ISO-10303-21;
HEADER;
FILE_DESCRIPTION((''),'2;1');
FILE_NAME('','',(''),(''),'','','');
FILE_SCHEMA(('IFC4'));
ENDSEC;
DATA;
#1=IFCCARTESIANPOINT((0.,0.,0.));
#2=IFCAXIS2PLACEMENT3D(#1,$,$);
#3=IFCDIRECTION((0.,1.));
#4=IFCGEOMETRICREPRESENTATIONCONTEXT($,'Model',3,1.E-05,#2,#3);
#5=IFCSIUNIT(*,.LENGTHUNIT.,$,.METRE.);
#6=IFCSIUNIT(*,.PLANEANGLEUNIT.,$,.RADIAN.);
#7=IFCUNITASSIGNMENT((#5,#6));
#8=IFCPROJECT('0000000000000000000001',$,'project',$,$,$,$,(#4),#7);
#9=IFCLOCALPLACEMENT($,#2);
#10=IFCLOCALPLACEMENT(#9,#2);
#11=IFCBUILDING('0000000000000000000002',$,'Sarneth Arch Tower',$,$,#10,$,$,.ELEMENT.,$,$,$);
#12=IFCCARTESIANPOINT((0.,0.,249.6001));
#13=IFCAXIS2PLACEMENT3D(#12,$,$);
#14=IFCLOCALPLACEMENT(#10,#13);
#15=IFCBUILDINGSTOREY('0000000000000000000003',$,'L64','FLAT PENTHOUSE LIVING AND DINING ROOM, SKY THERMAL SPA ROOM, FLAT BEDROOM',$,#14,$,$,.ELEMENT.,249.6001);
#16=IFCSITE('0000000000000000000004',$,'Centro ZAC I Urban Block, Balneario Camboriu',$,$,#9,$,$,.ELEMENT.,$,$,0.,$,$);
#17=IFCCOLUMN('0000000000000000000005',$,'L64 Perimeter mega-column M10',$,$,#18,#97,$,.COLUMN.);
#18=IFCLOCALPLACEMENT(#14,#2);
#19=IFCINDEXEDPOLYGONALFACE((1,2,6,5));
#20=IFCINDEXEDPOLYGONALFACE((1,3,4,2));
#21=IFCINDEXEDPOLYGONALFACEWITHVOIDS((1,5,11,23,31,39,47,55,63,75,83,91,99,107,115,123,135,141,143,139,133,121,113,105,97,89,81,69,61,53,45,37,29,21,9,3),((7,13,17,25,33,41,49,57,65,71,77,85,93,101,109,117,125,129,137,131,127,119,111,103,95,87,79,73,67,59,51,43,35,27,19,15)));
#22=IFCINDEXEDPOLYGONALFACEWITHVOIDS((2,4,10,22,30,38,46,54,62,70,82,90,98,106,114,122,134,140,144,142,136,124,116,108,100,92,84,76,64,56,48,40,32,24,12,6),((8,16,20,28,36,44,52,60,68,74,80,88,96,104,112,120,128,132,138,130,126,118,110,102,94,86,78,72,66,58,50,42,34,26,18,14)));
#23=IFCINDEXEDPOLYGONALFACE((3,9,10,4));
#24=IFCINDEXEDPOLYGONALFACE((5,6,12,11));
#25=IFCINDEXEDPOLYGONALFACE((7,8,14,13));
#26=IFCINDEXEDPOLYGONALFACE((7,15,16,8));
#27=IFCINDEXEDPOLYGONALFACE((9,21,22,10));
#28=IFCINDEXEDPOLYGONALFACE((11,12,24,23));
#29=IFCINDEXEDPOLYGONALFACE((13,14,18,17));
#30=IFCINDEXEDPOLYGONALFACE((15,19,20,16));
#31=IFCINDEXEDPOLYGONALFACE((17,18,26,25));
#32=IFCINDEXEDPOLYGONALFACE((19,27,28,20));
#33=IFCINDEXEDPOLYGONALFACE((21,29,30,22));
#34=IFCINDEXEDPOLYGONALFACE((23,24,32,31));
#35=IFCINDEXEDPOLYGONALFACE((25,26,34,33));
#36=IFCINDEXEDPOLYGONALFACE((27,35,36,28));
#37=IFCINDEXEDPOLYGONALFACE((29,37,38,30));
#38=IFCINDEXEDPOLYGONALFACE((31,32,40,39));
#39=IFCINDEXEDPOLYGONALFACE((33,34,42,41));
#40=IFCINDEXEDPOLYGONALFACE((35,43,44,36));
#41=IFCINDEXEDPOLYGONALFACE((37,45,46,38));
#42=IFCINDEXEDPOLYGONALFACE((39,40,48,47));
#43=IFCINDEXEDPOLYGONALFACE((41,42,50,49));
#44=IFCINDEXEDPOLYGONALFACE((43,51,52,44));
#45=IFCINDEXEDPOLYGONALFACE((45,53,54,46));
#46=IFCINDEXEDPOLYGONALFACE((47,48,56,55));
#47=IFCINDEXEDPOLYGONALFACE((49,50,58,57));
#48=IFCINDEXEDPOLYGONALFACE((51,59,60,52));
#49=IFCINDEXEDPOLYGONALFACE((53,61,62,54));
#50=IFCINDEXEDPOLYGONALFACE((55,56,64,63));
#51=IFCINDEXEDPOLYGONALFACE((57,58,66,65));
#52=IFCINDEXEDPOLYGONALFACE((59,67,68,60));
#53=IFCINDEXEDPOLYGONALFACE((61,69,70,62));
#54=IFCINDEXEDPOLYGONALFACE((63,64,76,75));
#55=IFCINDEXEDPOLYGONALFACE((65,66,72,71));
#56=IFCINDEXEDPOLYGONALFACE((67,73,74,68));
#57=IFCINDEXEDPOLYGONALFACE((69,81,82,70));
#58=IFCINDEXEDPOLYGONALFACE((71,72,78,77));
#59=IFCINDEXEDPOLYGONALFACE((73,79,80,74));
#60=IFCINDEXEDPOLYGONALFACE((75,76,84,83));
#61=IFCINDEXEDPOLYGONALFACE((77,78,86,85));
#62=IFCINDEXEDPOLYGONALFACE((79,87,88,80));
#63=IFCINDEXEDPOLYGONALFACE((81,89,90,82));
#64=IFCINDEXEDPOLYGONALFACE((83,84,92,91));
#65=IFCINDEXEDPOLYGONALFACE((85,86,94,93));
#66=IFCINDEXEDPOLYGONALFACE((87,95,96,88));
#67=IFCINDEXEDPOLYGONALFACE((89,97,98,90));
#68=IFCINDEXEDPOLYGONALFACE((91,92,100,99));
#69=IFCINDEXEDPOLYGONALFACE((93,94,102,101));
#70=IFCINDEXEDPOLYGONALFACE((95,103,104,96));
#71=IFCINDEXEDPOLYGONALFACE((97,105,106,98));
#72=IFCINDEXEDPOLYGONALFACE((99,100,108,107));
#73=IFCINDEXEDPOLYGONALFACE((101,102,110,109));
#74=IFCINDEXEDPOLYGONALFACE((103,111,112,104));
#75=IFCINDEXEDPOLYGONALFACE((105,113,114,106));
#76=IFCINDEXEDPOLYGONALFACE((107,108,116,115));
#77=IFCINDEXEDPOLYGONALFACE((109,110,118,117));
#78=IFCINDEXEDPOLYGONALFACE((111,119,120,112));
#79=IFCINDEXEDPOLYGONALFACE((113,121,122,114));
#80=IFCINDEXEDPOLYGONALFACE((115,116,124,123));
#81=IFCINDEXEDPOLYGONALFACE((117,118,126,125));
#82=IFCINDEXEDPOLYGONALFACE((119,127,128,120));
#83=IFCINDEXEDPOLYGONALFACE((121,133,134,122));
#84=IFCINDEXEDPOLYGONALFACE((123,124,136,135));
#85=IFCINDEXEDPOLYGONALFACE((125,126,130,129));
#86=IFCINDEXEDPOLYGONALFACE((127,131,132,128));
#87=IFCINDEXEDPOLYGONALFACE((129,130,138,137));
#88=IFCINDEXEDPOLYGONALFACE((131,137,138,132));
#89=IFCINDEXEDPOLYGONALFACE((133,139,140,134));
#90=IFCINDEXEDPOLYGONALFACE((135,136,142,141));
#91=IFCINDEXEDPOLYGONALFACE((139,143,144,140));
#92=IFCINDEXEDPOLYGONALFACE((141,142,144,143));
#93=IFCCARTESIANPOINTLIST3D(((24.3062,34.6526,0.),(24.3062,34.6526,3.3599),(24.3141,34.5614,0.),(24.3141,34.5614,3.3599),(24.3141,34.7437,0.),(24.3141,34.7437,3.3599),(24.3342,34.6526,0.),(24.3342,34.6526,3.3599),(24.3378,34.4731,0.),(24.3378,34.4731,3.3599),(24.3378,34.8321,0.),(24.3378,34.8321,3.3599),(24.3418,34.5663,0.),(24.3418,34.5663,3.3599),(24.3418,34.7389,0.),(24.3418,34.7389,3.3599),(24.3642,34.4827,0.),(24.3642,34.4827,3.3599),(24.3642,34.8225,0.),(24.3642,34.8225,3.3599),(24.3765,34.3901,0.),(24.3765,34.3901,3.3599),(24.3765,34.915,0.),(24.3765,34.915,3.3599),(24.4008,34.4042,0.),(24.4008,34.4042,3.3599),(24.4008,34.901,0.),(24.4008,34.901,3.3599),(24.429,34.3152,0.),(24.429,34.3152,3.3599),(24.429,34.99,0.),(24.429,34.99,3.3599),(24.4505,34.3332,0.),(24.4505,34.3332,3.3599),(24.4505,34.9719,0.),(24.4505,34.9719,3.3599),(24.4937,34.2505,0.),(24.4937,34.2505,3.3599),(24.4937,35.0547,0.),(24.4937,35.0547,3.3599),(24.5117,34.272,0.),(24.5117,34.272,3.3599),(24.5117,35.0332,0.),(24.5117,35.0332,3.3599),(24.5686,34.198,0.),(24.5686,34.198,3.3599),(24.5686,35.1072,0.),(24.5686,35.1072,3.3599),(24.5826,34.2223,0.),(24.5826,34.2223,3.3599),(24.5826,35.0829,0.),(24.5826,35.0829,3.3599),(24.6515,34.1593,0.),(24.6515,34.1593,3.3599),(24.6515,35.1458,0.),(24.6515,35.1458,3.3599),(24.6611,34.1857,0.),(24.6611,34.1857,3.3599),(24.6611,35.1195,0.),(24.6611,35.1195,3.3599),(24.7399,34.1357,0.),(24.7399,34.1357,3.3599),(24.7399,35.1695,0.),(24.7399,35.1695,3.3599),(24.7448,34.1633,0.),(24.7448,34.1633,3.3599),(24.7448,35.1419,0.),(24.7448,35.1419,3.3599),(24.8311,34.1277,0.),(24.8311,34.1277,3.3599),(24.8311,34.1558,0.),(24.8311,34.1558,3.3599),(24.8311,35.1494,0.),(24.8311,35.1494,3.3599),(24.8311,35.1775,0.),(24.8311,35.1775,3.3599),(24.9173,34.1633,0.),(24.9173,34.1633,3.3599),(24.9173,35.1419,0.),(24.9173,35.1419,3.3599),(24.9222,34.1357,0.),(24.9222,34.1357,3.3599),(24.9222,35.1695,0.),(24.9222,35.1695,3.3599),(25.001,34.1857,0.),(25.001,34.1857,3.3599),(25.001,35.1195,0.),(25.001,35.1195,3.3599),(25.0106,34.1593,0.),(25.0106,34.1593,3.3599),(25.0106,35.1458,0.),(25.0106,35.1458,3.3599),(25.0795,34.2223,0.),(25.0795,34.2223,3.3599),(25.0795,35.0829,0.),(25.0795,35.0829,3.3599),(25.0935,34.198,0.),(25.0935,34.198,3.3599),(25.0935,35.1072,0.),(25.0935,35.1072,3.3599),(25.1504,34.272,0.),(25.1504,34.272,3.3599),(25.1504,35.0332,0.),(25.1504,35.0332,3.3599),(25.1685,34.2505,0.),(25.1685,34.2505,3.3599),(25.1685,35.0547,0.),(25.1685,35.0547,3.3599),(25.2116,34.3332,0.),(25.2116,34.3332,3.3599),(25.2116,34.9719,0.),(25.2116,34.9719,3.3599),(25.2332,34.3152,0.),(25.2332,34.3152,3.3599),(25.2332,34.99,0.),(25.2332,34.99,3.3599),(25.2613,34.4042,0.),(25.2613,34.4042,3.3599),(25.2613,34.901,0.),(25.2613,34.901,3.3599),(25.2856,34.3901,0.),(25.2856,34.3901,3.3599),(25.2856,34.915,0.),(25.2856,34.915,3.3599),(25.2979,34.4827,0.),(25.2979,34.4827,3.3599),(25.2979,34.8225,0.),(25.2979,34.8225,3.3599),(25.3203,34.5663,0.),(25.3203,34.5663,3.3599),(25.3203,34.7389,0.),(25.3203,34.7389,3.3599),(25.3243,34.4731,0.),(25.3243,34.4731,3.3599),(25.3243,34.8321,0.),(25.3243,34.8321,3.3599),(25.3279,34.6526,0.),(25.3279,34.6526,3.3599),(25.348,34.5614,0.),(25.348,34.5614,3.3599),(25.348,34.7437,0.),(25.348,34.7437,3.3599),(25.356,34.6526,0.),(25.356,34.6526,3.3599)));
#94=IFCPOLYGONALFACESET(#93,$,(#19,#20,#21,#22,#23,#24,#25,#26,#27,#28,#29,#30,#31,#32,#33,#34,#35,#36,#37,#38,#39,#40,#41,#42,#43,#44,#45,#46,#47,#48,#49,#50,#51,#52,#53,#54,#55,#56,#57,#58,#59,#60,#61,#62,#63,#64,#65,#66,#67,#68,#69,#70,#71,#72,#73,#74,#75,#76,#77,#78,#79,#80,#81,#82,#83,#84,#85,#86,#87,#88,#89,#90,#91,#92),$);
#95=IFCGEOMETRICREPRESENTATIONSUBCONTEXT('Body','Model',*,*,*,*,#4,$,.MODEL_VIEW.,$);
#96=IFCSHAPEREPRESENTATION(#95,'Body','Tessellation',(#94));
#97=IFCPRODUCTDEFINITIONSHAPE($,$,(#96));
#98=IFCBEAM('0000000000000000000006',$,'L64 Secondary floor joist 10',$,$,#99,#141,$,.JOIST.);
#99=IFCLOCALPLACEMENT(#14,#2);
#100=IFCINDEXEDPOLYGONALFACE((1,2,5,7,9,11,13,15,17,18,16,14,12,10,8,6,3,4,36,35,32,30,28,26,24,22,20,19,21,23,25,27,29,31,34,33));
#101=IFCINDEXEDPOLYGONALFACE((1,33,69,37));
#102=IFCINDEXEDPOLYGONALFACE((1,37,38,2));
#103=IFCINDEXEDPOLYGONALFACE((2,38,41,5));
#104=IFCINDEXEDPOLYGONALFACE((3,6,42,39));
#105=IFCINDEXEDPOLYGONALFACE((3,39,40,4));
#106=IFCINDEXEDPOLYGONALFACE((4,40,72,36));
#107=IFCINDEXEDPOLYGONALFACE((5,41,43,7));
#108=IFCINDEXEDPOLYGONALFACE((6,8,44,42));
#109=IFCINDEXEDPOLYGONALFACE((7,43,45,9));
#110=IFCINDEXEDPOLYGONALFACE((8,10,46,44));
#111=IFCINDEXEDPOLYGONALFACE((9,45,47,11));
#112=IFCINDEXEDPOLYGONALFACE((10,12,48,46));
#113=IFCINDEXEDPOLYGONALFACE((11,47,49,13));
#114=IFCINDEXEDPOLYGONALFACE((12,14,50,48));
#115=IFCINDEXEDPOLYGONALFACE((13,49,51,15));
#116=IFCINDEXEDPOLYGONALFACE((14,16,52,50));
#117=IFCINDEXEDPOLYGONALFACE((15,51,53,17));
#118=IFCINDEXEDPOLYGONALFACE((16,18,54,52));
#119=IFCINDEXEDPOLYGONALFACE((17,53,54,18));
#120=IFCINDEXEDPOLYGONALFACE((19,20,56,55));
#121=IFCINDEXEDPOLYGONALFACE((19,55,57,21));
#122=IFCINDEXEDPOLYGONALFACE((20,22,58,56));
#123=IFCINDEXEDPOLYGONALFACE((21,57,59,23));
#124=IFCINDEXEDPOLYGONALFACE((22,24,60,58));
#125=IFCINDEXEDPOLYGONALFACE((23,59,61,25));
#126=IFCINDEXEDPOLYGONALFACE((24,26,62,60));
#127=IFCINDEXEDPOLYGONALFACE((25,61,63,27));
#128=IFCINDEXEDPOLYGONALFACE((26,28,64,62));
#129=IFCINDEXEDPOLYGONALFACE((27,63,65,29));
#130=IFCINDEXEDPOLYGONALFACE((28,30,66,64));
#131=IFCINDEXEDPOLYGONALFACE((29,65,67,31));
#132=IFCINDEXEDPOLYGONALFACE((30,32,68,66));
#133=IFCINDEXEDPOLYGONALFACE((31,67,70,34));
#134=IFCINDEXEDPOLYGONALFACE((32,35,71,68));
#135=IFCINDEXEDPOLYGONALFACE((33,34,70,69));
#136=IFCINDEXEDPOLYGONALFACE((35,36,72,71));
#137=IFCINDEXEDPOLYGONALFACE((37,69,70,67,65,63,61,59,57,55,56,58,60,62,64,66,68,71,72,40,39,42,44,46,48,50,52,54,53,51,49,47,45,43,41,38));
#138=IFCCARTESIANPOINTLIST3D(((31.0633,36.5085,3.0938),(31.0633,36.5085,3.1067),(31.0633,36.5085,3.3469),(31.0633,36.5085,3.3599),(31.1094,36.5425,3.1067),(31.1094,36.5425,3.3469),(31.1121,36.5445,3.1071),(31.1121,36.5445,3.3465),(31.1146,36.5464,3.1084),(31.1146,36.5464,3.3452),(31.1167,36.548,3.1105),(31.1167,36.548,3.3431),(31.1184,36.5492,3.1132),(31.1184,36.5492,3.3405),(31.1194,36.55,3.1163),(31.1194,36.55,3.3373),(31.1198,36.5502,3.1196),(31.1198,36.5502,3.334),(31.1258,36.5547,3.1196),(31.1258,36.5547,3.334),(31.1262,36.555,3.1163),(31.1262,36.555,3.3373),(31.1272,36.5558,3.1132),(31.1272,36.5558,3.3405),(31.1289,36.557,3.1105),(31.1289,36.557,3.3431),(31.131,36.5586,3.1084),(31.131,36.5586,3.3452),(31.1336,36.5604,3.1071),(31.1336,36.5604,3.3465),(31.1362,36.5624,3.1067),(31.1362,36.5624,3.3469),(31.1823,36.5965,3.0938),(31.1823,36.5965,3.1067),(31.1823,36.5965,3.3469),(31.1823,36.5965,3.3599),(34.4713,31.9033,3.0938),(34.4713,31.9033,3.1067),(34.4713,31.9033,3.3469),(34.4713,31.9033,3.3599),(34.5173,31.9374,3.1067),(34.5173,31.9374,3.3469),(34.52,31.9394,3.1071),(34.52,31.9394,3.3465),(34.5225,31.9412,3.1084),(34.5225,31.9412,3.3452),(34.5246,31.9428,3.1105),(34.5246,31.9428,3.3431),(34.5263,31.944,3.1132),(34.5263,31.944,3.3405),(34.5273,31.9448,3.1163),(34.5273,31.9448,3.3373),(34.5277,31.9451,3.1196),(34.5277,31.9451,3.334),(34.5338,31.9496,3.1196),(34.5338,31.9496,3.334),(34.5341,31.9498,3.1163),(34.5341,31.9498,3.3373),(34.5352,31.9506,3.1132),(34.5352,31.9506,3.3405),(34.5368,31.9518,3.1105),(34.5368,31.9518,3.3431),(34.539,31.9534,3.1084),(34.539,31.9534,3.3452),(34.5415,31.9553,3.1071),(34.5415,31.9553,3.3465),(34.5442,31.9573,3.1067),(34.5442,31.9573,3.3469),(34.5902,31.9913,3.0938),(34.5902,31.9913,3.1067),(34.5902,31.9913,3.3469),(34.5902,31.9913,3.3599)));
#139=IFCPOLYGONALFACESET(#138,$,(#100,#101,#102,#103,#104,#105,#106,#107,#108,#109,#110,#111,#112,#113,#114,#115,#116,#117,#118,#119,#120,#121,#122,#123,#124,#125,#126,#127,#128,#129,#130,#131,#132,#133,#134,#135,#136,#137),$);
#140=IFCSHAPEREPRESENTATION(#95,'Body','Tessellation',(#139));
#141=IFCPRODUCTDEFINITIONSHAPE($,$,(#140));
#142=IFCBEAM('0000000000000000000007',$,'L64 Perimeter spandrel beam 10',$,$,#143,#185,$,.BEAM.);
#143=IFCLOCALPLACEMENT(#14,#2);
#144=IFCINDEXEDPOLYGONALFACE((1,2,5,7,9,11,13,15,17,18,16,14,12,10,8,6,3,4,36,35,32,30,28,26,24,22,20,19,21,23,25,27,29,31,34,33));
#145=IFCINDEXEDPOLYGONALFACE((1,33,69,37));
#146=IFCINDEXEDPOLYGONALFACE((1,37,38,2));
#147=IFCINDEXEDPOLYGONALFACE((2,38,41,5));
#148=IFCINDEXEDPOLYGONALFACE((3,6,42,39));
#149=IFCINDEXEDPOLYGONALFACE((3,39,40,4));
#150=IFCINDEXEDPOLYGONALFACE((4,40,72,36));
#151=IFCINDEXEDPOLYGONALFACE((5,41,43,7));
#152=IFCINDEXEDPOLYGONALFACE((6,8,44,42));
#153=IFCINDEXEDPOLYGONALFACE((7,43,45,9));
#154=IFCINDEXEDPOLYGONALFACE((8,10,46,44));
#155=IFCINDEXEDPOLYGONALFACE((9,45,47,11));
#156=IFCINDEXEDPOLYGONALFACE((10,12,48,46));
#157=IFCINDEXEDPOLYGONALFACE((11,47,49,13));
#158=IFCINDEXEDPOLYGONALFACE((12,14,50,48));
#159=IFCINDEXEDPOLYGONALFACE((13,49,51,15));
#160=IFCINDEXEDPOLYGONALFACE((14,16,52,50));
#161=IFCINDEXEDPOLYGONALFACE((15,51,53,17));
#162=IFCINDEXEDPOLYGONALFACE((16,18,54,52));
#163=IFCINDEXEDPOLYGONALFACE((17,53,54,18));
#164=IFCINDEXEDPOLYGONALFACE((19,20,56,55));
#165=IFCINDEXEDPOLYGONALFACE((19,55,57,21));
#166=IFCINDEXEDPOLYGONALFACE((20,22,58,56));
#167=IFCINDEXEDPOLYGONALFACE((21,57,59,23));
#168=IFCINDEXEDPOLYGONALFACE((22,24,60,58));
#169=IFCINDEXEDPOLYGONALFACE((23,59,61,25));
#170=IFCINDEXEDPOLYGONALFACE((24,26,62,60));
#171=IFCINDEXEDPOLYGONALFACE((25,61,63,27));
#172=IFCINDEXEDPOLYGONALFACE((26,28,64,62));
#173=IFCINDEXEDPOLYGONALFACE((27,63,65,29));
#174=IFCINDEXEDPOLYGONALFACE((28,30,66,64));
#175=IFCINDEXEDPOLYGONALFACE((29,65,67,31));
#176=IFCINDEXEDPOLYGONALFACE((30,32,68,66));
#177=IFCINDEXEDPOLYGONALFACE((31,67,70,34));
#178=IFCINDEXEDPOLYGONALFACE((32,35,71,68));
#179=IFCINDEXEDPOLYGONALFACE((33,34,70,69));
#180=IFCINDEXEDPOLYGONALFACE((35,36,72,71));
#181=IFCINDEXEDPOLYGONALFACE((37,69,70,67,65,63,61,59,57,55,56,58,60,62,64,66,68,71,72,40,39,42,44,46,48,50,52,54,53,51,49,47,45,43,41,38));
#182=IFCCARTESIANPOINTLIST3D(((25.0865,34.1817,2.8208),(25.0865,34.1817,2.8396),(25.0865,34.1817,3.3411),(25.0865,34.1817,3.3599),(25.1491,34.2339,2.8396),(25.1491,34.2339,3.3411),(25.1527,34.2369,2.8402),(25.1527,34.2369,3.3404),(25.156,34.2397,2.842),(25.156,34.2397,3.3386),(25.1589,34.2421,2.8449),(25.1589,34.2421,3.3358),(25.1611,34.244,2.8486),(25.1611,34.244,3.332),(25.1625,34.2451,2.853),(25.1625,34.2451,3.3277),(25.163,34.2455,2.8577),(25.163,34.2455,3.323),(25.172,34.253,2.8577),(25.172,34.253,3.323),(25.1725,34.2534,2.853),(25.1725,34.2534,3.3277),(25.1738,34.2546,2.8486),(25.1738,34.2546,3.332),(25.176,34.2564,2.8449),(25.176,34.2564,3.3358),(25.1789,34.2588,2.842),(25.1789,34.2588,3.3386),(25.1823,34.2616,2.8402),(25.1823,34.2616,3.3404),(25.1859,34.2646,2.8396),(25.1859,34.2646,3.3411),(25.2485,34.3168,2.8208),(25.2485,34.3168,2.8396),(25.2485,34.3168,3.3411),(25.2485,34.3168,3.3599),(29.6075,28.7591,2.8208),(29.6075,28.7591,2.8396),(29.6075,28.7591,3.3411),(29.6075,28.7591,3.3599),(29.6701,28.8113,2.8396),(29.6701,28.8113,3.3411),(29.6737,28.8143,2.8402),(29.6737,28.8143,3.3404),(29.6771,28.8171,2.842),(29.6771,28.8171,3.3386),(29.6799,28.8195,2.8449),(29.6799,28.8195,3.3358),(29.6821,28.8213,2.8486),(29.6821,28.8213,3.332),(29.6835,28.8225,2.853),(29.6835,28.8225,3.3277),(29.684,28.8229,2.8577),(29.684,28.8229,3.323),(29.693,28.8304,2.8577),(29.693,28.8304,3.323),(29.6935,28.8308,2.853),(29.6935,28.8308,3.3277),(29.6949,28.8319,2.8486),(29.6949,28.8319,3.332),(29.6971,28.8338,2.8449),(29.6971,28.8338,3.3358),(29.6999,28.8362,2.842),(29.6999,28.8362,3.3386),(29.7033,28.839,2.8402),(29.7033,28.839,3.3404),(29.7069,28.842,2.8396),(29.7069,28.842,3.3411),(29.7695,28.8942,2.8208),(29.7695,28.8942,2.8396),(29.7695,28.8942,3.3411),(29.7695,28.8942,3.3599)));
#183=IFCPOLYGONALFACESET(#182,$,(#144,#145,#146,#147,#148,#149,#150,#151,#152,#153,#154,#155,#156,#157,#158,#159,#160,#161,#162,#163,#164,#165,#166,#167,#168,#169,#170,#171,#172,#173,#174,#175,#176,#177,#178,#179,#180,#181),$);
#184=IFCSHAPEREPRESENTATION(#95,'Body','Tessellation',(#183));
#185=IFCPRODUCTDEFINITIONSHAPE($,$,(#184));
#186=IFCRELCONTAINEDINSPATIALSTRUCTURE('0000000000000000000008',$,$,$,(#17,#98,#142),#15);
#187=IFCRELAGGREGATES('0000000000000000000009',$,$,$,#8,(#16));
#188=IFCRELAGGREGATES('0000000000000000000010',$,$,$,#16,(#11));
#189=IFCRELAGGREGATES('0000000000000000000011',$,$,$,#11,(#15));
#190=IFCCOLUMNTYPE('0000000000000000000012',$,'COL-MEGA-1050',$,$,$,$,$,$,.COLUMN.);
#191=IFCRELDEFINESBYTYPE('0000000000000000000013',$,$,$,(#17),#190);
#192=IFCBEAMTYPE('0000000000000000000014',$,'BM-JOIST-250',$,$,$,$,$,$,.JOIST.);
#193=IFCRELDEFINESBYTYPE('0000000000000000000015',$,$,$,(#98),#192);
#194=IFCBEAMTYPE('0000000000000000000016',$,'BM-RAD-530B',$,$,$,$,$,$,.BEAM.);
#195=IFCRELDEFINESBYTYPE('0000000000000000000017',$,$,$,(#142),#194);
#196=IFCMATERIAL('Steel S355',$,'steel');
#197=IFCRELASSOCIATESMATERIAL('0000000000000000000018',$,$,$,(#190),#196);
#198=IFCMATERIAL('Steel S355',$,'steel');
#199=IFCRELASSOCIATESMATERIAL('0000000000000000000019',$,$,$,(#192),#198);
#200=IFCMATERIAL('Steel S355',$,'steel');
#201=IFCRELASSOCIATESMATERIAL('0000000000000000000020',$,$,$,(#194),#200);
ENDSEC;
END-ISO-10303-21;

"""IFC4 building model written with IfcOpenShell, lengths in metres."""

from ifc_helpers import new_model, si_unit, direction, frame, origin, origin_2d, place, context, subcontext, project, spatial, hollow_circle, i_section, extrude, material, material_profile, profile_set, type_object, element, save


model = new_model("IFC4")

# Units and contexts
model_context = context("Model", 3, precision=1e-05, world=origin(), true_north=direction((0.0, 1.0)))
body_context = subcontext(model_context, "Body", "Model", "MODEL_VIEW")
ifc_project = project(units=[si_unit("LENGTHUNIT", "METRE"), si_unit("PLANEANGLEUNIT", "RADIAN")], contexts=[model_context])

# Site, building, storey
site_placement = place(None, origin())
site = spatial("IfcSite", under=ifc_project, at=site_placement, Name="Centro ZAC I Urban Block, Balneario Camboriu", CompositionType="ELEMENT", RefElevation=0.0)
building_placement = place(site_placement, origin())
building = spatial("IfcBuilding", under=site, at=building_placement, Name="Sarneth Arch Tower", CompositionType="ELEMENT")
storey_placement = place(building_placement, frame((0.0, 0.0, 249.6001)))
storey = spatial("IfcBuildingStorey", under=building, at=storey_placement, Name="L64", Description="FLAT PENTHOUSE LIVING AND DINING ROOM, SKY THERMAL SPA ROOM, FLAT BEDROOM", CompositionType="ELEMENT", Elevation=249.6001)

# Column
ifc_material_1 = material(Name="Steel S355", Category="steel")
ifc_material_profile_1 = material_profile(ifc_material_1, hollow_circle(Radius=0.5249, WallThickness=0.0281, at=origin_2d()), Name="CHS1050x28")
ifc_profile_set_1 = profile_set([ifc_material_profile_1], Name="Steel S355")
column_type = type_object("IfcColumnType", Name="COL-MEGA-1050", PredefinedType="COLUMN", material=ifc_profile_set_1)
column_placement = place(storey_placement, frame((24.8311, 34.6526, 0.0), z_axis=(0.0, 0.0, 1.0), x_axis=(1.0, 0.0, 0.0)))
element("IfcColumn", 1, at=column_placement, inside=storey, type_object=column_type, Name="L64 Perimeter mega-column M10", PredefinedType="COLUMN", context=body_context, shape_type="SweptSolid", body=[
    extrude(hollow_circle(Radius=0.5249, WallThickness=0.0281, at=origin_2d()), origin(), (0.0, 0.0, 1.0), 3.3599),
])

# Beams
ifc_material_2 = material(Name="Steel S355", Category="steel")
ifc_material_profile_2 = material_profile(ifc_material_2, i_section(OverallWidth=0.1479, OverallDepth=0.2661, WebThickness=0.0076, FlangeThickness=0.0129, FilletRadius=0.0129, at=origin_2d()), Name="W250x44.8")
ifc_profile_set_2 = profile_set([ifc_material_profile_2], Name="Steel S355")
beam_type_1 = type_object("IfcBeamType", Name="BM-JOIST-250", PredefinedType="JOIST", material=ifc_profile_set_2)
beam_1_placement = place(storey_placement, frame((31.1228, 36.5525, 3.2268), z_axis=(0.594853, -0.803834, 0.0), x_axis=(0.803834, 0.594853, 0.0)))
element("IfcBeam", 2, at=beam_1_placement, inside=storey, type_object=beam_type_1, Name="L64 Secondary floor joist 10", PredefinedType="JOIST", context=body_context, shape_type="SweptSolid", body=[
    extrude(i_section(OverallWidth=0.1479, OverallDepth=0.2661, WebThickness=0.0076, FlangeThickness=0.0129, FilletRadius=0.0129, at=origin_2d()), origin(), (0.0, 0.0, 1.0), 5.729),
])
ifc_material_3 = material(Name="Steel S355", Category="steel")
ifc_material_profile_3 = material_profile(ifc_material_3, i_section(OverallWidth=0.2109, OverallDepth=0.5391, WebThickness=0.0117, FlangeThickness=0.0188, FilletRadius=0.0181, at=origin_2d()), Name="W530x109")
ifc_profile_set_3 = profile_set([ifc_material_profile_3], Name="Steel S355")
beam_type_2 = type_object("IfcBeamType", Name="BM-RAD-530B", PredefinedType="BEAM", material=ifc_profile_set_3)
beam_2_placement = place(storey_placement, frame((25.1675, 34.2493, 3.0903), z_axis=(0.640365, -0.768071, 0.0), x_axis=(0.768071, 0.640365, 0.0)))
element("IfcBeam", 3, at=beam_2_placement, inside=storey, type_object=beam_type_2, Name="L64 Perimeter spandrel beam 10", PredefinedType="BEAM", context=body_context, shape_type="SweptSolid", body=[
    extrude(i_section(OverallWidth=0.2109, OverallDepth=0.5391, WebThickness=0.0117, FlangeThickness=0.0188, FilletRadius=0.0181, at=origin_2d()), origin(), (0.0, 0.0, 1.0), 7.0601),
])

save(model, "model.ifc")
